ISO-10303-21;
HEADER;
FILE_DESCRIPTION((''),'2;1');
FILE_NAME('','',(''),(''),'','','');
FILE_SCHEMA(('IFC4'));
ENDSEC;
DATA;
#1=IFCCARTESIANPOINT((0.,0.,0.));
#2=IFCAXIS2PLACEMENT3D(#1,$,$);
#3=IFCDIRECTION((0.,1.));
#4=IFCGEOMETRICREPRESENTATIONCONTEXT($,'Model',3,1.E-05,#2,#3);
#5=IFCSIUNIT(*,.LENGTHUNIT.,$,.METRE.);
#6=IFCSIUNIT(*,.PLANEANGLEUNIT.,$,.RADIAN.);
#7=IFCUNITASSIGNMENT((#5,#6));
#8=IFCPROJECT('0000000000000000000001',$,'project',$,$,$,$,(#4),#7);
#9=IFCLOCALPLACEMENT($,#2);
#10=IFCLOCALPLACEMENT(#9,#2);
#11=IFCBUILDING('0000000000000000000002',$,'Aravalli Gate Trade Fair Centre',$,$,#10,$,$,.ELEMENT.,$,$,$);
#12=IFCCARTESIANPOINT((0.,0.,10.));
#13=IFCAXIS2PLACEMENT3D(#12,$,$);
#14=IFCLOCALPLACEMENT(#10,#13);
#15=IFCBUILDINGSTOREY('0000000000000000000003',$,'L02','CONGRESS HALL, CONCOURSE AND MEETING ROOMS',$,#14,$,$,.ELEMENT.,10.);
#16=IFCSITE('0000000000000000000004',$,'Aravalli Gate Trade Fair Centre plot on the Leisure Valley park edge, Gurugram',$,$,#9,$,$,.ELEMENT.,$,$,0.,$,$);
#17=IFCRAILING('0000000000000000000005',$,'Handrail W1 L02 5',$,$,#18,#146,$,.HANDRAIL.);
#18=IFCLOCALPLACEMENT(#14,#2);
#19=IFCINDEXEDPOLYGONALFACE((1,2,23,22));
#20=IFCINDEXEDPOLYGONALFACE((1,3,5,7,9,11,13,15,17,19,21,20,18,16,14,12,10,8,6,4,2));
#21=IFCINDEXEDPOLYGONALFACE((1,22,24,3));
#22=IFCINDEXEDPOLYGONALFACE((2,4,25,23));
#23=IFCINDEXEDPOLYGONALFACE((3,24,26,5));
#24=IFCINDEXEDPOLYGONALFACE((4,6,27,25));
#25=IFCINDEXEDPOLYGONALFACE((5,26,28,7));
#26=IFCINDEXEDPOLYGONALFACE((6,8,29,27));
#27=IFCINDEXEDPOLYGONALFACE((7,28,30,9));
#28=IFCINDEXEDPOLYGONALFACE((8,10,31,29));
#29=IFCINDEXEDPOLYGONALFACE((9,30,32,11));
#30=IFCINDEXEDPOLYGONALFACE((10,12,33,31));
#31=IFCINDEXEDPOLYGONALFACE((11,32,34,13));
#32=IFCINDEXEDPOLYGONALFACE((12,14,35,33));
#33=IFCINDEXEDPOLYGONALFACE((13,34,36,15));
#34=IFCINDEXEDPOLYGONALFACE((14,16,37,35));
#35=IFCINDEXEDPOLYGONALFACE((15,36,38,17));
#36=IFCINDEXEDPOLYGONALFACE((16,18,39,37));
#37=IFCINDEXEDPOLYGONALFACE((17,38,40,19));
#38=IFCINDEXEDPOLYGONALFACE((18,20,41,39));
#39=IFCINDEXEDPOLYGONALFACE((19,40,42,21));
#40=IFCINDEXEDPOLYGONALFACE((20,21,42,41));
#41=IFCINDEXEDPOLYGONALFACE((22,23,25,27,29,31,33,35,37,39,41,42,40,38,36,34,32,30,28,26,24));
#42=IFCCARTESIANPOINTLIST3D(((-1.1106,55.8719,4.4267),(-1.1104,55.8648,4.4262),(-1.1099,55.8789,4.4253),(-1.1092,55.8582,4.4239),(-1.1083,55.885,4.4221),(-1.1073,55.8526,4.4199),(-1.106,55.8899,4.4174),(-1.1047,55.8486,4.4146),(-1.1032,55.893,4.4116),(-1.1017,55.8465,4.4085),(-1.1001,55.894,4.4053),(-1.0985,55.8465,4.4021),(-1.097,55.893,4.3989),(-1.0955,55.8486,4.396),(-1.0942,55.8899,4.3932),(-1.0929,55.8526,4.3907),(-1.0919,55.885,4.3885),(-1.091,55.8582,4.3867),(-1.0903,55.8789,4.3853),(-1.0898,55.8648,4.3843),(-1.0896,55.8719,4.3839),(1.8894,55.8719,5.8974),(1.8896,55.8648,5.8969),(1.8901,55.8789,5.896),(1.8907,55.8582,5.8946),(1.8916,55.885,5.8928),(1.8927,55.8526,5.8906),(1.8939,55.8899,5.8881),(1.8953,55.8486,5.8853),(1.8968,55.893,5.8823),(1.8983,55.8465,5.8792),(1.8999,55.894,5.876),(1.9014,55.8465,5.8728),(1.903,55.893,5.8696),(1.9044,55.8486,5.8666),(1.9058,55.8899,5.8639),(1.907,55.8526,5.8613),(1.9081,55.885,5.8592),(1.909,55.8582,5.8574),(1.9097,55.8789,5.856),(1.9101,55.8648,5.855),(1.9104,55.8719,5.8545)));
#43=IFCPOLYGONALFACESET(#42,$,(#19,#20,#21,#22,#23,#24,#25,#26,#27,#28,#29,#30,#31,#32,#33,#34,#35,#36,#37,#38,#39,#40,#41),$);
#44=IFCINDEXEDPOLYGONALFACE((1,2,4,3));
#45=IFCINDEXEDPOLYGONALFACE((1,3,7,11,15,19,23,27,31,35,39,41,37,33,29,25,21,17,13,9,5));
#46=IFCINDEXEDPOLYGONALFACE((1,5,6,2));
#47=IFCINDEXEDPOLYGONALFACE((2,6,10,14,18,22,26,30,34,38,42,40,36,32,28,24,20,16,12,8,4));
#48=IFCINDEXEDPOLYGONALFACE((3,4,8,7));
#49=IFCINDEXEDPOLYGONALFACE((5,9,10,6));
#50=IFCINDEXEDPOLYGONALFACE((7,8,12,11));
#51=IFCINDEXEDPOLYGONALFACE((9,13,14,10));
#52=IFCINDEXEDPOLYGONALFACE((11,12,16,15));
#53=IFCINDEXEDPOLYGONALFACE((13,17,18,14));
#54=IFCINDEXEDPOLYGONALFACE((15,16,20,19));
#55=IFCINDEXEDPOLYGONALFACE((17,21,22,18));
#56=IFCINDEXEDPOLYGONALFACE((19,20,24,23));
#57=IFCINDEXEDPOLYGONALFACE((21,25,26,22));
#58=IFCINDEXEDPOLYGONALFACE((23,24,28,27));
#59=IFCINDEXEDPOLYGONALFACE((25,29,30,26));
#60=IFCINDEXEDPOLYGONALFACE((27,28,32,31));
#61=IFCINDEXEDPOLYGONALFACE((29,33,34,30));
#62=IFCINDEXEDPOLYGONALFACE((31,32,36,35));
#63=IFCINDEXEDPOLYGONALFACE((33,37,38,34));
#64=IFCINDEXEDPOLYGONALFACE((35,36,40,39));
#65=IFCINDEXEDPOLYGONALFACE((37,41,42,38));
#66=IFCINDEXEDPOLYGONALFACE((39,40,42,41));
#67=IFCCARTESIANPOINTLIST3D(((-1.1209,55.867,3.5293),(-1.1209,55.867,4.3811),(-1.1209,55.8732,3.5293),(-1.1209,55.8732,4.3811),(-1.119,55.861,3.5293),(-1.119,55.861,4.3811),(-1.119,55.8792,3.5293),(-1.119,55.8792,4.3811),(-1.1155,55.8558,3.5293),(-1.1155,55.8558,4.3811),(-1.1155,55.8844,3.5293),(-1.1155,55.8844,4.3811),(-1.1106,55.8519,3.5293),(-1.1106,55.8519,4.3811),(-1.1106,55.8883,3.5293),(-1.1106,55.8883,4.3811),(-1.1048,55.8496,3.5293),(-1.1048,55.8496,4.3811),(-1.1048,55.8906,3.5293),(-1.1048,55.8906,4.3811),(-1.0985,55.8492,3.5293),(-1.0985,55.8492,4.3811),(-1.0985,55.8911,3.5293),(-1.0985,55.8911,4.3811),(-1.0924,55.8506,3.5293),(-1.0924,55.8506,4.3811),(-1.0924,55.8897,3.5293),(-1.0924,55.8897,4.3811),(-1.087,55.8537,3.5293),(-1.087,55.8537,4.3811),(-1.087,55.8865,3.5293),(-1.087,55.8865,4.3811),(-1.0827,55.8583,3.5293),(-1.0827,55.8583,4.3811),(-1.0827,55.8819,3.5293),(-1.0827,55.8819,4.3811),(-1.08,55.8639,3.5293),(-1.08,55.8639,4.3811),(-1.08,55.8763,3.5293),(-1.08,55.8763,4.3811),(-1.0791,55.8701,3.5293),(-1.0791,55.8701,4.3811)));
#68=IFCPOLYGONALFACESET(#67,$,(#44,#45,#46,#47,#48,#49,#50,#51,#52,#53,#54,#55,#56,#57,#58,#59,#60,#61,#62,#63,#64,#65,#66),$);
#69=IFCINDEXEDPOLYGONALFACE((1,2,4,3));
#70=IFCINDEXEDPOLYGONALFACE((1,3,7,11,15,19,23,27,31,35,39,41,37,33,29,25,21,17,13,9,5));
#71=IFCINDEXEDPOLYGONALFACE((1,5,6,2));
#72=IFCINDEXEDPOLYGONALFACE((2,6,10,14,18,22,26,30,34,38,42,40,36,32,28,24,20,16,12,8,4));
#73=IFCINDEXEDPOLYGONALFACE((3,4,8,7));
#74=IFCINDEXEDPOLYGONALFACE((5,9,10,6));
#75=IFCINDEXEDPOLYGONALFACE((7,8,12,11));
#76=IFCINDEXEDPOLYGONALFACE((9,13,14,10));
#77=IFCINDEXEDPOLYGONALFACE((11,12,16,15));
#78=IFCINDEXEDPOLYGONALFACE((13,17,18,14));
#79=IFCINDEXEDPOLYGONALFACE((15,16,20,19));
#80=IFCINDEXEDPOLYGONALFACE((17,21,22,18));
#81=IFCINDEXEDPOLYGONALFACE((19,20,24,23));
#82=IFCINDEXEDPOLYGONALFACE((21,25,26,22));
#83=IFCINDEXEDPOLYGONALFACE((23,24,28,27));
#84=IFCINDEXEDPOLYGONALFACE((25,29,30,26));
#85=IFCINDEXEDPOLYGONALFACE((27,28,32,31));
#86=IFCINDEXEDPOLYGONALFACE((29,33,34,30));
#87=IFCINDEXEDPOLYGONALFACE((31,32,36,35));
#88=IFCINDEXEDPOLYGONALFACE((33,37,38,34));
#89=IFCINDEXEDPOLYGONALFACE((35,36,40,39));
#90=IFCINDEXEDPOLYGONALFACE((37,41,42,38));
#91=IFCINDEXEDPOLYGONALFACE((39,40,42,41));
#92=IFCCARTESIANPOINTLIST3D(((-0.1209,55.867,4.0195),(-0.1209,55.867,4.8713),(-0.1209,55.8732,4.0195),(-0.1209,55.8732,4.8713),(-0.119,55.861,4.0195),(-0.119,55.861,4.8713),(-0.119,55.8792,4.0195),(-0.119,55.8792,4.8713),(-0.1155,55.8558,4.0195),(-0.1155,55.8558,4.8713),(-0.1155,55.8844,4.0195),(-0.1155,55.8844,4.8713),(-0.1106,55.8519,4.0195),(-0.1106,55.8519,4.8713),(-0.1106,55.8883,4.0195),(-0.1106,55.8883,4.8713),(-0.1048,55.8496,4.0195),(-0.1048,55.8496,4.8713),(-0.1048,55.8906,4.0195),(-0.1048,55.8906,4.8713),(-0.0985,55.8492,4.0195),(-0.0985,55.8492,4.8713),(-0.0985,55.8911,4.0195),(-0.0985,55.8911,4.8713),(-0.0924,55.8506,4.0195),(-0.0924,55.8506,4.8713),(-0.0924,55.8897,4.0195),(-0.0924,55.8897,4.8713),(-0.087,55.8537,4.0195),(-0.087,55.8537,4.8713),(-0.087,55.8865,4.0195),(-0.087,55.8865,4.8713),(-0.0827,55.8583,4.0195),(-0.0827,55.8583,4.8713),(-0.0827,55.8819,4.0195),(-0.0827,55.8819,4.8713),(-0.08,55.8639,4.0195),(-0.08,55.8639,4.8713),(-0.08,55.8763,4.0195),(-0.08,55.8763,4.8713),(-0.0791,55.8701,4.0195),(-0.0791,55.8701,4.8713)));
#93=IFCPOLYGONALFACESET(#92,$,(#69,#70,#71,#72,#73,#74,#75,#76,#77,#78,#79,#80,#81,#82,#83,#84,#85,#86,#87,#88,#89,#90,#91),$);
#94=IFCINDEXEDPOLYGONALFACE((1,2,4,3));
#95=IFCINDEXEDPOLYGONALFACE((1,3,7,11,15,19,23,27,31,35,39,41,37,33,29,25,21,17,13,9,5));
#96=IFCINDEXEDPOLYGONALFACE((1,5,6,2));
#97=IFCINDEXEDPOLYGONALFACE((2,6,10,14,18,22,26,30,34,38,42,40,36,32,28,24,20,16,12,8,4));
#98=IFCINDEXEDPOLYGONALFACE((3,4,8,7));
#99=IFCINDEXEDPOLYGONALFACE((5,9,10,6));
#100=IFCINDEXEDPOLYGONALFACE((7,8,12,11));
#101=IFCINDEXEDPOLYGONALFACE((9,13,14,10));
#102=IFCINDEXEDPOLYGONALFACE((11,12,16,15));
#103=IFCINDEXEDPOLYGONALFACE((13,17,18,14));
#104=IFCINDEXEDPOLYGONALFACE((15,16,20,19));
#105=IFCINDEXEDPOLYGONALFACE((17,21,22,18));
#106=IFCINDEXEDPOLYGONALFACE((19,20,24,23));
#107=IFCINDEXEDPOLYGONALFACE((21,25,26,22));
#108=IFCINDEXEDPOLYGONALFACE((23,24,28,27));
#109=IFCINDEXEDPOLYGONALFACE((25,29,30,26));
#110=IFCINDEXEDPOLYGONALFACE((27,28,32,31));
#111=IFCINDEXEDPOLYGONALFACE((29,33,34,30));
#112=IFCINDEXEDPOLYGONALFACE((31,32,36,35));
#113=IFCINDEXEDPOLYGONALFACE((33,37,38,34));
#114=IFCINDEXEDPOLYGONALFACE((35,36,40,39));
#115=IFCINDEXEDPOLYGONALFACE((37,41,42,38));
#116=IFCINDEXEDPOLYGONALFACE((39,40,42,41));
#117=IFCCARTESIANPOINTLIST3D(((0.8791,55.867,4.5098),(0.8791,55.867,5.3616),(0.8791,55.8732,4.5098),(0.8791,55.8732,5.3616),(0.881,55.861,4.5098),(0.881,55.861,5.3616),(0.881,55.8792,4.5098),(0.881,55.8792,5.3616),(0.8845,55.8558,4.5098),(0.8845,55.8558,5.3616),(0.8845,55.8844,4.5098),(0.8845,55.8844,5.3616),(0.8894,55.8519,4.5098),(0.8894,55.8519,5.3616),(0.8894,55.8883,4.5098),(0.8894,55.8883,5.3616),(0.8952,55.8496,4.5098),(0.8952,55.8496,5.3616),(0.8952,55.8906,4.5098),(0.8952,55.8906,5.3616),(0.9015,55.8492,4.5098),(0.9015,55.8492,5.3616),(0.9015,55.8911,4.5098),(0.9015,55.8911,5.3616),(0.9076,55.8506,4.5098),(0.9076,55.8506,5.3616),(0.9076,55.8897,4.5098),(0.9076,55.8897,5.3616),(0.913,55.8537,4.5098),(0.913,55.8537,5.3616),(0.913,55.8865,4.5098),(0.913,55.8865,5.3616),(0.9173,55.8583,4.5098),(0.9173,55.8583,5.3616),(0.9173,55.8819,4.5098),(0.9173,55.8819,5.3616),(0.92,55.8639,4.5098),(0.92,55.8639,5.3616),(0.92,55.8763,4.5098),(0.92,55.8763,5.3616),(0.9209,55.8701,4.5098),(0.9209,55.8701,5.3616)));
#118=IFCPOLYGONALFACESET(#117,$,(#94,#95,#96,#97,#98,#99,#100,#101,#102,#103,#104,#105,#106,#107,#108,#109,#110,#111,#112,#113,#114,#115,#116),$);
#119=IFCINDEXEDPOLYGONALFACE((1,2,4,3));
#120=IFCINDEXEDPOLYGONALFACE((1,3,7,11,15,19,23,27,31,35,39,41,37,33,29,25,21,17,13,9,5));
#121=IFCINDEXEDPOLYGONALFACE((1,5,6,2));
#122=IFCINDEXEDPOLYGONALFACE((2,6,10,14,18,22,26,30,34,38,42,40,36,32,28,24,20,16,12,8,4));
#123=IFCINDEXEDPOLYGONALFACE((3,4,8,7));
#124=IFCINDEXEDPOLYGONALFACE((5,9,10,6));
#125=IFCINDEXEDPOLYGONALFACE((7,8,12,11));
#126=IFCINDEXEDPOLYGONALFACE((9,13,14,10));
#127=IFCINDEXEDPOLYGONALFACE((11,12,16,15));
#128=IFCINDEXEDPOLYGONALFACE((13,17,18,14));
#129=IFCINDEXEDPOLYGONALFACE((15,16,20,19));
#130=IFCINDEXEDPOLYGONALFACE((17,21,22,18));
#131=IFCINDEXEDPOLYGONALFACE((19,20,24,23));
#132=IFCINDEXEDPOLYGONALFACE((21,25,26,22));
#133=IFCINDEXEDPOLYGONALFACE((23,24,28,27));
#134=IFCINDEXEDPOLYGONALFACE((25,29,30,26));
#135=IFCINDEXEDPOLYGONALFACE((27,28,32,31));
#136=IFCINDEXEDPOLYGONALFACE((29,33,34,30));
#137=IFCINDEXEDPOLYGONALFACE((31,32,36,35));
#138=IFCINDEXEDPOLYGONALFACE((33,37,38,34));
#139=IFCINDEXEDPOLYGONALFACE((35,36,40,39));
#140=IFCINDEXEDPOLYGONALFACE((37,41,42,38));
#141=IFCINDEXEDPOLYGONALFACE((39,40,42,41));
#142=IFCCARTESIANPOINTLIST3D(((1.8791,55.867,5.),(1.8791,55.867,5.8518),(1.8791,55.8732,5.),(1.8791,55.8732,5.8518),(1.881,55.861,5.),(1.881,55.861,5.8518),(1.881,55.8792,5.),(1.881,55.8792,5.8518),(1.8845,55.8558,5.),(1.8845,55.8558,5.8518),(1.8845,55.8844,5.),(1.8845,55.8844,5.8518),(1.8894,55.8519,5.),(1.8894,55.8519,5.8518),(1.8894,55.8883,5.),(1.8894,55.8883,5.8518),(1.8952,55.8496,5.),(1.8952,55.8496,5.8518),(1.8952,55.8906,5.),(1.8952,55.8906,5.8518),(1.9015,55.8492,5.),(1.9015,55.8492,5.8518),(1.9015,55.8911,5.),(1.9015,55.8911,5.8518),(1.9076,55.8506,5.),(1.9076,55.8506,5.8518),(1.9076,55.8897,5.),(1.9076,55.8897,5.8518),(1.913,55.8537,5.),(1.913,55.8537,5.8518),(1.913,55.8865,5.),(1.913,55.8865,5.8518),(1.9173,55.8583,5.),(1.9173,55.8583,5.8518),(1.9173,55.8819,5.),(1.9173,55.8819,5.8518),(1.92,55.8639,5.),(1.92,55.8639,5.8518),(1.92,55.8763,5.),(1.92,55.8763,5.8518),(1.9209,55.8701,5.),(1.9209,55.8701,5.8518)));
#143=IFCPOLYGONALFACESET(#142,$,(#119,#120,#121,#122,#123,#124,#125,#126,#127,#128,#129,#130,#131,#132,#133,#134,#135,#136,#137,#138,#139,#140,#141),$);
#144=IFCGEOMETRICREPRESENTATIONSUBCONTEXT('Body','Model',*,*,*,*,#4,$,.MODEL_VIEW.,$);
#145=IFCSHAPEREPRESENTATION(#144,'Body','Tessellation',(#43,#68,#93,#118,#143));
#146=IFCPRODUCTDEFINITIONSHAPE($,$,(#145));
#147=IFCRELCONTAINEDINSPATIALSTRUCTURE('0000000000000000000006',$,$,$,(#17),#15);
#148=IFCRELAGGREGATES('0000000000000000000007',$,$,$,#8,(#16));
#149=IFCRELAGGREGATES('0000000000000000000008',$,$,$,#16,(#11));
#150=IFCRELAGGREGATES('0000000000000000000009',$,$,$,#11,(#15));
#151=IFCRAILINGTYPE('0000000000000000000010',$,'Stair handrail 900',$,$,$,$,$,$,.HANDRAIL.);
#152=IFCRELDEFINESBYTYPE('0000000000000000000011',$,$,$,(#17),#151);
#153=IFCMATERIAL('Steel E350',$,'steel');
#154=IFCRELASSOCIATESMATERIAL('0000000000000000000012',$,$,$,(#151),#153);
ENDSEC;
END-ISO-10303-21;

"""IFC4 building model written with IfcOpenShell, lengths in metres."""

from ifc_helpers import new_model, si_unit, direction, frame, origin, origin_2d, place, context, subcontext, project, spatial, circle, extrude, material, type_object, element, save


model = new_model("IFC4")

# Units and contexts
model_context = context("Model", 3, precision=1e-05, world=origin(), true_north=direction((0.0, 1.0)))
body_context = subcontext(model_context, "Body", "Model", "MODEL_VIEW")
ifc_project = project(units=[si_unit("LENGTHUNIT", "METRE"), si_unit("PLANEANGLEUNIT", "RADIAN")], contexts=[model_context])

# Site, building, storey
site_placement = place(None, origin())
site = spatial("IfcSite", under=ifc_project, at=site_placement, Name="Aravalli Gate Trade Fair Centre plot on the Leisure Valley park edge, Gurugram", CompositionType="ELEMENT", RefElevation=0.0)
building_placement = place(site_placement, origin())
building = spatial("IfcBuilding", under=site, at=building_placement, Name="Aravalli Gate Trade Fair Centre", CompositionType="ELEMENT")
storey_placement = place(building_placement, frame((0.0, 0.0, 10.0)))
storey = spatial("IfcBuildingStorey", under=building, at=storey_placement, Name="L02", Description="CONGRESS HALL, CONCOURSE AND MEETING ROOMS", CompositionType="ELEMENT", Elevation=10.0)

# Shared definitions
ifc_material_1 = material(Name="Steel E350", Category="steel")

# Railing
railing_type_1 = type_object("IfcRailingType", Name="Stair handrail 900", PredefinedType="HANDRAIL", material=ifc_material_1)
for number, where, name in (
    (1, (-1.1001, 55.8701, 3.5293), "Handrail W1 L02 5"),
):
    element("IfcRailing", number, at=place(storey_placement, frame(where)), inside=storey, type_object=railing_type_1, Name=name, PredefinedType="HANDRAIL", context=body_context, shape_type="SweptSolid", body=[
        extrude(circle(Radius=0.0239, at=origin_2d()), frame((0.0, 0.0, 0.876), z_axis=(0.897907, 0.0, 0.440185), x_axis=(0.0, 1.0, 0.0)), (0.0, 0.0, 1.0), 3.3411),
        extrude(circle(Radius=0.021, at=origin_2d()), origin(), (0.0, 0.0, 1.0), 0.8518),
        extrude(circle(Radius=0.021, at=origin_2d()), frame((1.0, 0.0, 0.4902)), (0.0, 0.0, 1.0), 0.8518),
        extrude(circle(Radius=0.021, at=origin_2d()), frame((2.0, 0.0, 0.9805)), (0.0, 0.0, 1.0), 0.8518),
        extrude(circle(Radius=0.021, at=origin_2d()), frame((3.0, 0.0, 1.4707)), (0.0, 0.0, 1.0), 0.8518),
    ])

save(model, "model.ifc")
